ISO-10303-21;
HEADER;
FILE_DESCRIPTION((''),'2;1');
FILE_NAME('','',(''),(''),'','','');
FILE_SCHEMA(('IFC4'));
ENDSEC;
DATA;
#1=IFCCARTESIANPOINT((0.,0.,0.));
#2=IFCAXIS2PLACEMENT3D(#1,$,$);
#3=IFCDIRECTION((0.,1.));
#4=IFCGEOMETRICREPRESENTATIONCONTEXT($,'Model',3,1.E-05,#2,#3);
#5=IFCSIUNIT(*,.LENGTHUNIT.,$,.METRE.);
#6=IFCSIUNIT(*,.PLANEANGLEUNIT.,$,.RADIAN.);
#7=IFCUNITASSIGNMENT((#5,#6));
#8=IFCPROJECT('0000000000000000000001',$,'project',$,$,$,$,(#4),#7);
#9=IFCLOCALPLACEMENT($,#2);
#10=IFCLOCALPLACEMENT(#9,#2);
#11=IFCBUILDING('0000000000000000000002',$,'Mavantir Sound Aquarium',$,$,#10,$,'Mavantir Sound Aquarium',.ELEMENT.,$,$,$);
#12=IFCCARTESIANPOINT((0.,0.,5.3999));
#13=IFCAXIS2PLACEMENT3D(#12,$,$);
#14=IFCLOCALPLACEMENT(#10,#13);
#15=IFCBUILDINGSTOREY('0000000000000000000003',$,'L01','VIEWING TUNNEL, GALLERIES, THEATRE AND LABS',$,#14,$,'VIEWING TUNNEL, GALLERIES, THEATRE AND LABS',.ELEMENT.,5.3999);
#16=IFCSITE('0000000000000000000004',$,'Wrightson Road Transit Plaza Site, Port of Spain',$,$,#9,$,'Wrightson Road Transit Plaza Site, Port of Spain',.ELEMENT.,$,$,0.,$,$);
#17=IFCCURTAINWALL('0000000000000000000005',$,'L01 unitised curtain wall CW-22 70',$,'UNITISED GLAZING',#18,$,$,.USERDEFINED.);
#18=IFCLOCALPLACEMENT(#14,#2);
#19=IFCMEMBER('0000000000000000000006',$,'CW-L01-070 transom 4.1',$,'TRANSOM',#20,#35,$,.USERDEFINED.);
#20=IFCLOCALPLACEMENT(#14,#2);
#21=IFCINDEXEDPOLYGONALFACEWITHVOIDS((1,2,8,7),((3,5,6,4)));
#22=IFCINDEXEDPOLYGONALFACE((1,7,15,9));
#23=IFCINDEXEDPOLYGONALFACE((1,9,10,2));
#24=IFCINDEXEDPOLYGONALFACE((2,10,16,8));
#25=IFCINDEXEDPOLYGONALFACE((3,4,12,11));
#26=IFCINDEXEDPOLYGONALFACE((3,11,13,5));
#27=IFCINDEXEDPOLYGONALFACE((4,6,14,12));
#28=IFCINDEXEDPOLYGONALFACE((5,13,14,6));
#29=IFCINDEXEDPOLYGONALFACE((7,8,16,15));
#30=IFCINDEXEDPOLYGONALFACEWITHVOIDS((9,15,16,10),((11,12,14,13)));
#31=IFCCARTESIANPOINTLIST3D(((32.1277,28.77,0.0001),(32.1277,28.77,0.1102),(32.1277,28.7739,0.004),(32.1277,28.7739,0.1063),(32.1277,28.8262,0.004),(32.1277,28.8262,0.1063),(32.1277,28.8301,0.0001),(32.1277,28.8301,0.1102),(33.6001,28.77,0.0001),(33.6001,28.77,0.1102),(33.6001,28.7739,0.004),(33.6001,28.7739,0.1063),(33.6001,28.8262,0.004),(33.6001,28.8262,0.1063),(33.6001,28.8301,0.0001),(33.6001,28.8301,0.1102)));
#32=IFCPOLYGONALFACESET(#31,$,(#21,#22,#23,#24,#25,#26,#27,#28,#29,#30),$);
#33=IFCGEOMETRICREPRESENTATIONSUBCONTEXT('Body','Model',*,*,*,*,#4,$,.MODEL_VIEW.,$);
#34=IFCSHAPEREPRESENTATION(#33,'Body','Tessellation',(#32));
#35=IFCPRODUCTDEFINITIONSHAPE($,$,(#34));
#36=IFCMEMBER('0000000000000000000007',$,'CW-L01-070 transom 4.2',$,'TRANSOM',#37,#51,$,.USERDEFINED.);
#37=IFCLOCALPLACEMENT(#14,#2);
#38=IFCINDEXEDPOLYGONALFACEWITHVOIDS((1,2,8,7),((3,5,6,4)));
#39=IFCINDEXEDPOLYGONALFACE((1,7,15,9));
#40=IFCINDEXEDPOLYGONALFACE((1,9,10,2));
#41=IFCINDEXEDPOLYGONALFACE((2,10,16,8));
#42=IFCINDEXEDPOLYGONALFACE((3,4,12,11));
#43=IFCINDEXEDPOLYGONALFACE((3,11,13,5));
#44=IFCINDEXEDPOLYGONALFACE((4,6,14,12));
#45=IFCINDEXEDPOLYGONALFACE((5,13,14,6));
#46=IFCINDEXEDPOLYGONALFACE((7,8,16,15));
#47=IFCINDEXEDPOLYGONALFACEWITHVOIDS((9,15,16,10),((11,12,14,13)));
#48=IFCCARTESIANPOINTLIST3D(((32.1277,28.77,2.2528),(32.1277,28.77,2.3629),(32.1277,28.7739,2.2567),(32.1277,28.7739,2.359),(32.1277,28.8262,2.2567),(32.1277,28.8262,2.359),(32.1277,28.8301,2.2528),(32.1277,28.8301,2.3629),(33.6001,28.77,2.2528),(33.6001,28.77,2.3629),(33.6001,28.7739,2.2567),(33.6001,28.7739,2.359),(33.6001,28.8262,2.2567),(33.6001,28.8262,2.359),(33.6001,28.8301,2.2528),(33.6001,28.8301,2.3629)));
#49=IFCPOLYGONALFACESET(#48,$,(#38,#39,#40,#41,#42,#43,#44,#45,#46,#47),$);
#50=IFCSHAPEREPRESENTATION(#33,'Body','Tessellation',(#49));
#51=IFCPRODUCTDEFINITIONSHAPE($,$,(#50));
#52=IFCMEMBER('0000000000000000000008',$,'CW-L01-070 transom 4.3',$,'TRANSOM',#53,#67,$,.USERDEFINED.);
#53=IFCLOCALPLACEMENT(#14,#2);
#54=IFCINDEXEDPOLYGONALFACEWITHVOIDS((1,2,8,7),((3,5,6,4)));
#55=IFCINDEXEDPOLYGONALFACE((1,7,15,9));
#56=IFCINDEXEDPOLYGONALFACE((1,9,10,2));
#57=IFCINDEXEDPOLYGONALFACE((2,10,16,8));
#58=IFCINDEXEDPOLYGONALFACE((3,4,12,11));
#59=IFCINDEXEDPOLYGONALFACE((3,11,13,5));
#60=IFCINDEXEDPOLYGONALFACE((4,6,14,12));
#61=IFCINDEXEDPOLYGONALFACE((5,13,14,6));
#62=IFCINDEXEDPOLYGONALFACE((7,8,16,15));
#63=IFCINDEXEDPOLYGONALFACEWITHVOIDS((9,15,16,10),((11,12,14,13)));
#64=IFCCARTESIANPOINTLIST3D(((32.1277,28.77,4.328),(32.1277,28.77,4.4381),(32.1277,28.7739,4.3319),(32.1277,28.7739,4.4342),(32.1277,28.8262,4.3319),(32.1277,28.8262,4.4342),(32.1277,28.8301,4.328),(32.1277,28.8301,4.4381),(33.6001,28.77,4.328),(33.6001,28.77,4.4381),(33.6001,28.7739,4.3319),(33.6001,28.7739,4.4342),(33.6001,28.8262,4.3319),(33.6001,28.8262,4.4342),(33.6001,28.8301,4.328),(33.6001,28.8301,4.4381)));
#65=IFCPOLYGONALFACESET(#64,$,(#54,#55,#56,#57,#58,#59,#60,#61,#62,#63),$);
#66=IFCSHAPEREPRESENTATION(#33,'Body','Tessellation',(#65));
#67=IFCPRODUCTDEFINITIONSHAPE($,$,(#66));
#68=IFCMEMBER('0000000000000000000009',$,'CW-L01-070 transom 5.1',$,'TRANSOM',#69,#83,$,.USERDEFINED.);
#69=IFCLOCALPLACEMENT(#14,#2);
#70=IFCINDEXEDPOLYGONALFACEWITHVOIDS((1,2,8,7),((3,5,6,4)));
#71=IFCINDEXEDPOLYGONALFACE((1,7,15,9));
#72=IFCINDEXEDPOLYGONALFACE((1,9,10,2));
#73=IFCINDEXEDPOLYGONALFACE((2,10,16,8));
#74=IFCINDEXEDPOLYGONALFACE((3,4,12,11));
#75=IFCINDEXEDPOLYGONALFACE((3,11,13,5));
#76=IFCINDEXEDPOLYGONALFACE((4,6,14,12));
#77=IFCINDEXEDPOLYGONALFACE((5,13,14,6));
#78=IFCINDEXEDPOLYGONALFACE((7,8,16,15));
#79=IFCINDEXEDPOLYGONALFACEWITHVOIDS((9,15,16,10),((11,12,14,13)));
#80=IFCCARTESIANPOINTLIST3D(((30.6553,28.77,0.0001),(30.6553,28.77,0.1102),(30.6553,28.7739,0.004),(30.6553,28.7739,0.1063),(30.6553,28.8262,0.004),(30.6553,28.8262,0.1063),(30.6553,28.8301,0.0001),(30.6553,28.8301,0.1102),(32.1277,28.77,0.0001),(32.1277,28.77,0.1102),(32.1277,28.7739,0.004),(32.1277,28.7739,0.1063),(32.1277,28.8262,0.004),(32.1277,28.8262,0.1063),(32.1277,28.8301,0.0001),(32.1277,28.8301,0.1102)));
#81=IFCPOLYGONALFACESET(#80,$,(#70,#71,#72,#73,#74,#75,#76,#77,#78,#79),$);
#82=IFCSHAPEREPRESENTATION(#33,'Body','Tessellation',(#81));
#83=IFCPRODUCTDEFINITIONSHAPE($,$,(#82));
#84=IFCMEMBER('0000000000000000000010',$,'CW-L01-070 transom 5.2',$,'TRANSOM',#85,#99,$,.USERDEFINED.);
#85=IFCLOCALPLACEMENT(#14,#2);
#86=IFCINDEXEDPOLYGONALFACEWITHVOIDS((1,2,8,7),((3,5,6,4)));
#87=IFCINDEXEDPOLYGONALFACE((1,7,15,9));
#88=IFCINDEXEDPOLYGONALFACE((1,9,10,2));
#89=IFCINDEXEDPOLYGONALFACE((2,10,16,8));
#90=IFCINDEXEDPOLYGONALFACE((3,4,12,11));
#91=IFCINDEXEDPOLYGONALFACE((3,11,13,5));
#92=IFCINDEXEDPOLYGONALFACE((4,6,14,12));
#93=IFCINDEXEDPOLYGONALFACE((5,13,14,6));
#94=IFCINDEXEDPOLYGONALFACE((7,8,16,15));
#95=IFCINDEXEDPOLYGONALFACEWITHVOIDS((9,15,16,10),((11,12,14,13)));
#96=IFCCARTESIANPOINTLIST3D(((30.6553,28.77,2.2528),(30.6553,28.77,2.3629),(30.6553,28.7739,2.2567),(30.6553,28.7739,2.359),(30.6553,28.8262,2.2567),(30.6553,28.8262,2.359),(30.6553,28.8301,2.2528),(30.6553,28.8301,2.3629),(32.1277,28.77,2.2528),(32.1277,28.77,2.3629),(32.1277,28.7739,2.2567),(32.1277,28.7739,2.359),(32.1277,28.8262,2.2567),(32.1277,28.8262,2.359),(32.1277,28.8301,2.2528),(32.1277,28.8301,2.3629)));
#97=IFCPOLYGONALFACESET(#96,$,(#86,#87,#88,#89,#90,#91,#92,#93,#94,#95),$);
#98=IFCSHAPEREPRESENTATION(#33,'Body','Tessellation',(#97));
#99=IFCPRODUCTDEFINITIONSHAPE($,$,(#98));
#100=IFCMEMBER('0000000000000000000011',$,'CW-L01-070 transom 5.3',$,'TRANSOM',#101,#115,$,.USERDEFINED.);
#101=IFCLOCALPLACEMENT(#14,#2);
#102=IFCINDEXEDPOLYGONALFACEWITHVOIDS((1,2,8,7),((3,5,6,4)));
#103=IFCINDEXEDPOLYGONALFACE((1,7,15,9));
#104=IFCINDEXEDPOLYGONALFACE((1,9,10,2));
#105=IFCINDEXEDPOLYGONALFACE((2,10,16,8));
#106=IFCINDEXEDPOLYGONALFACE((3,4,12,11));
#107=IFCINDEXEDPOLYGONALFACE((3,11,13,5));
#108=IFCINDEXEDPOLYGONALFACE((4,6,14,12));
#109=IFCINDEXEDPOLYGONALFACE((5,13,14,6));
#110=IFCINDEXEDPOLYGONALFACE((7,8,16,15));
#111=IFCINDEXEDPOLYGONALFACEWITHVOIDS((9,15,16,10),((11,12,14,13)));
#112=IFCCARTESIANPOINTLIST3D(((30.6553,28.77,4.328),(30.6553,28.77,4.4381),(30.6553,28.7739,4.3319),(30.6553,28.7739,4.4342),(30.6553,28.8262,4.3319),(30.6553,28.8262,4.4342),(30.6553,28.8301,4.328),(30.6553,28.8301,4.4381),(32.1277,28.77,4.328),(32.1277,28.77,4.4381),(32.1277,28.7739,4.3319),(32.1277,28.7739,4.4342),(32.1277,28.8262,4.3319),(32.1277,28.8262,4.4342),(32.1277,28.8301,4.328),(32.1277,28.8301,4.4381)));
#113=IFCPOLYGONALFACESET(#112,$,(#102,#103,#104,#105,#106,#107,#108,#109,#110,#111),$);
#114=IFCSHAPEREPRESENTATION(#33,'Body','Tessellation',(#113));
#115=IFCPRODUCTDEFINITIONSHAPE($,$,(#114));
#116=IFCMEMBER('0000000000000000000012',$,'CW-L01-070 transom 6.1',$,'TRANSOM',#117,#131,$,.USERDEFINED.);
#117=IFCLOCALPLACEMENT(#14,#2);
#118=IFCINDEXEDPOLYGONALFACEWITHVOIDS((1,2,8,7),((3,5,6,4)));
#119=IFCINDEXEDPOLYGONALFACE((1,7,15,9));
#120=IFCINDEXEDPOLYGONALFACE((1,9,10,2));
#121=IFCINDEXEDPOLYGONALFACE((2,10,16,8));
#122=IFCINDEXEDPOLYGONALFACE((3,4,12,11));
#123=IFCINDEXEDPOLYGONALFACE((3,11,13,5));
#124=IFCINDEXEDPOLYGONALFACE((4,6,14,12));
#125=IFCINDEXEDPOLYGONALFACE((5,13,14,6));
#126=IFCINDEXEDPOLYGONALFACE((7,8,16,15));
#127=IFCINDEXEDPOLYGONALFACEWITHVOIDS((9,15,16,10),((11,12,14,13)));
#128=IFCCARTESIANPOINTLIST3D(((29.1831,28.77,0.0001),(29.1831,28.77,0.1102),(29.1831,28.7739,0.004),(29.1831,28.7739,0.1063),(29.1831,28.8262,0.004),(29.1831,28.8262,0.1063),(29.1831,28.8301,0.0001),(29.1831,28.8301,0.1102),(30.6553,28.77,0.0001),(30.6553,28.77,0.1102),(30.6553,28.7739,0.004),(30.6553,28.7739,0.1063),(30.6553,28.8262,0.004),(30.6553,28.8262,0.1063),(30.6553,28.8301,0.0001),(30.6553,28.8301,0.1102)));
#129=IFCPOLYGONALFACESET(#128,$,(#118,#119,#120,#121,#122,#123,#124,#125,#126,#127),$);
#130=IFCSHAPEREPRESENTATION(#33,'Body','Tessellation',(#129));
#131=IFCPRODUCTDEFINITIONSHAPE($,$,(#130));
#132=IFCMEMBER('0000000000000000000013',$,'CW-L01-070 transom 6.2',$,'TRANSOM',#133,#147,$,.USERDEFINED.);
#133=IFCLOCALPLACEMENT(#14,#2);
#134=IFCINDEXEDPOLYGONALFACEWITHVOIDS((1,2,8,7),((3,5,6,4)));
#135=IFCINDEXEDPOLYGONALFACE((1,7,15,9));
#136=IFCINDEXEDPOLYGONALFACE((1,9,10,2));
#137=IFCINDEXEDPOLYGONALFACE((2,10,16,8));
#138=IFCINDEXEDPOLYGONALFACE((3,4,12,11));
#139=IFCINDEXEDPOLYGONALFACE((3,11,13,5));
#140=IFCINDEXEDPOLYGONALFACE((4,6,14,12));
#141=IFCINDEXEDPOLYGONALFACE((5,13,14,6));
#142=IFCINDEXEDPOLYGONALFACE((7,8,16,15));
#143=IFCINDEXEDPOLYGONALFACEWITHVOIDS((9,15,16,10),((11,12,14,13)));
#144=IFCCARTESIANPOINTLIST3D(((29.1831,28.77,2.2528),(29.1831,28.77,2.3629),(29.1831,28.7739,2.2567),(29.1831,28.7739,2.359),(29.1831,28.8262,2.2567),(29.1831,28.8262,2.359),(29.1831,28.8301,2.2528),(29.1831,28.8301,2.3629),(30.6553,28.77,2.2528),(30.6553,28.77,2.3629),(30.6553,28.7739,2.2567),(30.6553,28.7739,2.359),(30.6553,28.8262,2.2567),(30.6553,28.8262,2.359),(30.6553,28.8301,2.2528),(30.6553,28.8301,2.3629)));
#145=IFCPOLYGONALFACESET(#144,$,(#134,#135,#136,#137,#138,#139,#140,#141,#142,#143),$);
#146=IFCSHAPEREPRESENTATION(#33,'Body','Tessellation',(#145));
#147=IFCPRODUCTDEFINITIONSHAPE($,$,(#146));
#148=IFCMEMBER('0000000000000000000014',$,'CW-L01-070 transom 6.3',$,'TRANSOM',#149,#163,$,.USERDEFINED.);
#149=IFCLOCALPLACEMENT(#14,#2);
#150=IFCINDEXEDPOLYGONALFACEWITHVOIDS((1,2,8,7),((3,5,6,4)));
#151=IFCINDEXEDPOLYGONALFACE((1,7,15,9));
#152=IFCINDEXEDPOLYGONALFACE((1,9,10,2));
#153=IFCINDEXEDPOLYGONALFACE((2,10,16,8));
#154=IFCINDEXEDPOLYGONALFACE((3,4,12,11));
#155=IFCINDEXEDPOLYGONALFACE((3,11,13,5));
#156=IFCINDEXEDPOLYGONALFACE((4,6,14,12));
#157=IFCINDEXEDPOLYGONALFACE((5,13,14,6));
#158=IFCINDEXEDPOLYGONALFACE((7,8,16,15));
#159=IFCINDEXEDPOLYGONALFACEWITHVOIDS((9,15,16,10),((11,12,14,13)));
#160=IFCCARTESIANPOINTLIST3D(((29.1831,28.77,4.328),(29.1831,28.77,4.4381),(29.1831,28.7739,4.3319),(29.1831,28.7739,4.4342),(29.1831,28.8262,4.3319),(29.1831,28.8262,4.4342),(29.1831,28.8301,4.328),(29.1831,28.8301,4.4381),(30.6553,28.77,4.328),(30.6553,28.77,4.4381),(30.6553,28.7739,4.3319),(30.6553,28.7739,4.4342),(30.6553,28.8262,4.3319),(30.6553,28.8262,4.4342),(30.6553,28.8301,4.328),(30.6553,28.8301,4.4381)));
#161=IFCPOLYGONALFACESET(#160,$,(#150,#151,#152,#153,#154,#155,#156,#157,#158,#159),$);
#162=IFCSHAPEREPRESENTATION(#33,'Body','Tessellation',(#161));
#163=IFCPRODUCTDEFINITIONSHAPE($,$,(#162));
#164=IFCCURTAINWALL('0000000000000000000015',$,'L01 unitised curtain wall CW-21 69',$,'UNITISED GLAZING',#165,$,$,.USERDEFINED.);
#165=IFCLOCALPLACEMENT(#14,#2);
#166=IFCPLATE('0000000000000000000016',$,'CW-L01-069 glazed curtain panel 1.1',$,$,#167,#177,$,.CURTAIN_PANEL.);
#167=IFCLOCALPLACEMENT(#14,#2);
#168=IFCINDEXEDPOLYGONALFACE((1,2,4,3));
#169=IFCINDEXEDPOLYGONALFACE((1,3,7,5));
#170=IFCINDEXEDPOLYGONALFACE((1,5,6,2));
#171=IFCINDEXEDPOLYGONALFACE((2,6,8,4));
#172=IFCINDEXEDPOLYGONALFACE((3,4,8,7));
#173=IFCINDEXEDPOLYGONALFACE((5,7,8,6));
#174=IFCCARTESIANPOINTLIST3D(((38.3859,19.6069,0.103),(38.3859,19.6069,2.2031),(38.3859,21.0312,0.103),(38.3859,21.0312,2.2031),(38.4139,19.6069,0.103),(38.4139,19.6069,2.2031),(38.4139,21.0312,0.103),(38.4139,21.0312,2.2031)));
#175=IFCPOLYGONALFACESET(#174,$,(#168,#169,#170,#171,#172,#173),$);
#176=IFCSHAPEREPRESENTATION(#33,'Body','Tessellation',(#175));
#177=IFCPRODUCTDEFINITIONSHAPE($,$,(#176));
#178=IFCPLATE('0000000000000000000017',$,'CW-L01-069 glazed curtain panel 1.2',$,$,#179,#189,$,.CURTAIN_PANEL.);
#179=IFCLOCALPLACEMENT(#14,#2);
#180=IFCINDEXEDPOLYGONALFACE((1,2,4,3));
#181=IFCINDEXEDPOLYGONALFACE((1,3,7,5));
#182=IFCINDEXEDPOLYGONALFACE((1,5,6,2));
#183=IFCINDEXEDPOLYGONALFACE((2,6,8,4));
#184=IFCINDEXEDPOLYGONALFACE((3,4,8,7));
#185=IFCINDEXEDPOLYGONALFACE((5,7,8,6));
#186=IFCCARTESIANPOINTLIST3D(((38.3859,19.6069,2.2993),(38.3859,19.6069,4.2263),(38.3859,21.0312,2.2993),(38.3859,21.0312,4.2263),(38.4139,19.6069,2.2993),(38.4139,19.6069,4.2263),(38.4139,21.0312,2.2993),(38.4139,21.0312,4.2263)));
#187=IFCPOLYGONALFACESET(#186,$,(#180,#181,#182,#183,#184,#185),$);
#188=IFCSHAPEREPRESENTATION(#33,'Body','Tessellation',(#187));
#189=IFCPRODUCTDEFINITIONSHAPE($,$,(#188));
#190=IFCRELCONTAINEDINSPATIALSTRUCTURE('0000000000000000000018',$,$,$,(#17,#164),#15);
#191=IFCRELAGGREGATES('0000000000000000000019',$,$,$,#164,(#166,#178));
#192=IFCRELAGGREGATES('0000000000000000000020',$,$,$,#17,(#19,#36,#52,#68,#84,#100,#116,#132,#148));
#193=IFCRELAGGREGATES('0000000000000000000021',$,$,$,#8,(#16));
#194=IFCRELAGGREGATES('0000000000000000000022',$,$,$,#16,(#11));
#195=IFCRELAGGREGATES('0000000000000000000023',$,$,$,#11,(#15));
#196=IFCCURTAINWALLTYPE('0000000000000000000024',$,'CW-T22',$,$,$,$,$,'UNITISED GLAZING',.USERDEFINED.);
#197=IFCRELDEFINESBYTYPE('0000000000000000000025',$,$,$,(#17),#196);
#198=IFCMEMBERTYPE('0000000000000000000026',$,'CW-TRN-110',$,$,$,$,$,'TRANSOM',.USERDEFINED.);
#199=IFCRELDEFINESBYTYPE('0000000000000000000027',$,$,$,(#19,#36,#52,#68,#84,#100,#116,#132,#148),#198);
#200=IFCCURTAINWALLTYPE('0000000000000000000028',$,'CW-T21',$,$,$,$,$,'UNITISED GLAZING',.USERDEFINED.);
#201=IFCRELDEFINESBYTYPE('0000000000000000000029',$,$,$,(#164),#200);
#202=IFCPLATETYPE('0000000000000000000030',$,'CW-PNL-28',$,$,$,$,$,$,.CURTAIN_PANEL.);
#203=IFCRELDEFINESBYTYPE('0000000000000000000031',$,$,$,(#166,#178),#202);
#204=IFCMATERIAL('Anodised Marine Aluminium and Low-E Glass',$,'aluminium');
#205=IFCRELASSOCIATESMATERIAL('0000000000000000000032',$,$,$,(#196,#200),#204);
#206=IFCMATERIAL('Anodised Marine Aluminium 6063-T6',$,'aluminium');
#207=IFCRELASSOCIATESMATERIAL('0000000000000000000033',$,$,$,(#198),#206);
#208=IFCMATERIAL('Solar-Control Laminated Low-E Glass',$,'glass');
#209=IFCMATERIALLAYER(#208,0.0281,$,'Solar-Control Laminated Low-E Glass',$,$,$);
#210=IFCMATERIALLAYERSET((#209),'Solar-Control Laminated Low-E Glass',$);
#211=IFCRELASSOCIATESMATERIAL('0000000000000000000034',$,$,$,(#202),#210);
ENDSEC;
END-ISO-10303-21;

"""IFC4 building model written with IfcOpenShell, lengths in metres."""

from ifc_helpers import new_model, si_unit, direction, frame, origin, origin_2d, place, context, subcontext, project, spatial, rectangle, hollow_rectangle, extrude, material, layer, layer_set, material_profile, profile_set, type_object, element, aggregate, save


model = new_model("IFC4")

# Units and contexts
model_context = context("Model", 3, precision=1e-05, world=origin(), true_north=direction((0.0, 1.0)))
body_context = subcontext(model_context, "Body", "Model", "MODEL_VIEW")
ifc_project = project(units=[si_unit("LENGTHUNIT", "METRE"), si_unit("PLANEANGLEUNIT", "RADIAN")], contexts=[model_context])

# Site, building, storey
site_placement = place(None, origin())
site = spatial("IfcSite", under=ifc_project, at=site_placement, Name="Wrightson Road Transit Plaza Site, Port of Spain", LongName="Wrightson Road Transit Plaza Site, Port of Spain", CompositionType="ELEMENT", RefElevation=0.0)
building_placement = place(site_placement, origin())
building = spatial("IfcBuilding", under=site, at=building_placement, Name="Mavantir Sound Aquarium", LongName="Mavantir Sound Aquarium", CompositionType="ELEMENT")
storey_placement = place(building_placement, frame((0.0, 0.0, 5.3999)))
storey = spatial("IfcBuildingStorey", under=building, at=storey_placement, Name="L01", Description="VIEWING TUNNEL, GALLERIES, THEATRE AND LABS", LongName="VIEWING TUNNEL, GALLERIES, THEATRE AND LABS", CompositionType="ELEMENT", Elevation=5.3999)

# Curtain wall, members
ifc_material_1 = material(Name="Anodised Marine Aluminium and Low-E Glass", Category="aluminium")
curtain_wall_type_1 = type_object("IfcCurtainWallType", Name="CW-T22", ElementType="UNITISED GLAZING", PredefinedType="USERDEFINED", material=ifc_material_1)
curtain_wall_1_placement = place(storey_placement, origin())
curtain_wall_1 = element("IfcCurtainWall", 1, at=curtain_wall_1_placement, inside=storey, type_object=curtain_wall_type_1, Name="L01 unitised curtain wall CW-22 70", ObjectType="UNITISED GLAZING", PredefinedType="USERDEFINED")
ifc_material_2 = material(Name="Anodised Marine Aluminium 6063-T6", Category="aluminium")
ifc_material_profile_1 = material_profile(ifc_material_2, hollow_rectangle(XDim=0.0601, YDim=0.1101, WallThickness=0.0039, at=origin_2d()), Name="ALU-TRANSOM-110X60")
ifc_profile_set_1 = profile_set([ifc_material_profile_1], Name="Anodised Marine Aluminium 6063-T6")
member_type_1 = type_object("IfcMemberType", Name="CW-TRN-110", ElementType="TRANSOM", PredefinedType="USERDEFINED", material=ifc_profile_set_1)
member_1_placement = place(storey_placement, frame((33.6001, 28.8, 0.0552), z_axis=(-1.0, 0.0, 0.0), x_axis=(0.0, -1.0, 0.0)))
member_1 = element("IfcMember", 2, at=member_1_placement, type_object=member_type_1, Name="CW-L01-070 transom 4.1", ObjectType="TRANSOM", PredefinedType="USERDEFINED", context=body_context, shape_type="SweptSolid", body=[
    extrude(hollow_rectangle(XDim=0.0601, YDim=0.1101, WallThickness=0.0039, at=origin_2d()), origin(), (0.0, 0.0, 1.0), 1.4724),
])
member_2_placement = place(storey_placement, frame((33.6001, 28.8, 2.3079), z_axis=(-1.0, 0.0, 0.0), x_axis=(0.0, -1.0, 0.0)))
member_2 = element("IfcMember", 3, at=member_2_placement, type_object=member_type_1, Name="CW-L01-070 transom 4.2", ObjectType="TRANSOM", PredefinedType="USERDEFINED", context=body_context, shape_type="SweptSolid", body=[
    extrude(hollow_rectangle(XDim=0.0601, YDim=0.1101, WallThickness=0.0039, at=origin_2d()), origin(), (0.0, 0.0, 1.0), 1.4724),
])
member_3_placement = place(storey_placement, frame((33.6001, 28.8, 4.3831), z_axis=(-1.0, 0.0, 0.0), x_axis=(0.0, -1.0, 0.0)))
member_3 = element("IfcMember", 4, at=member_3_placement, type_object=member_type_1, Name="CW-L01-070 transom 4.3", ObjectType="TRANSOM", PredefinedType="USERDEFINED", context=body_context, shape_type="SweptSolid", body=[
    extrude(hollow_rectangle(XDim=0.0601, YDim=0.1101, WallThickness=0.0039, at=origin_2d()), origin(), (0.0, 0.0, 1.0), 1.4724),
])
member_4_placement = place(storey_placement, frame((32.1277, 28.8, 0.0552), z_axis=(-1.0, 0.0, 0.0), x_axis=(0.0, -1.0, 0.0)))
member_4 = element("IfcMember", 5, at=member_4_placement, type_object=member_type_1, Name="CW-L01-070 transom 5.1", ObjectType="TRANSOM", PredefinedType="USERDEFINED", context=body_context, shape_type="SweptSolid", body=[
    extrude(hollow_rectangle(XDim=0.0601, YDim=0.1101, WallThickness=0.0039, at=origin_2d()), origin(), (0.0, 0.0, 1.0), 1.4724),
])
member_5_placement = place(storey_placement, frame((32.1277, 28.8, 2.3079), z_axis=(-1.0, 0.0, 0.0), x_axis=(0.0, -1.0, 0.0)))
member_5 = element("IfcMember", 6, at=member_5_placement, type_object=member_type_1, Name="CW-L01-070 transom 5.2", ObjectType="TRANSOM", PredefinedType="USERDEFINED", context=body_context, shape_type="SweptSolid", body=[
    extrude(hollow_rectangle(XDim=0.0601, YDim=0.1101, WallThickness=0.0039, at=origin_2d()), origin(), (0.0, 0.0, 1.0), 1.4724),
])
member_6_placement = place(storey_placement, frame((32.1277, 28.8, 4.3831), z_axis=(-1.0, 0.0, 0.0), x_axis=(0.0, -1.0, 0.0)))
member_6 = element("IfcMember", 7, at=member_6_placement, type_object=member_type_1, Name="CW-L01-070 transom 5.3", ObjectType="TRANSOM", PredefinedType="USERDEFINED", context=body_context, shape_type="SweptSolid", body=[
    extrude(hollow_rectangle(XDim=0.0601, YDim=0.1101, WallThickness=0.0039, at=origin_2d()), origin(), (0.0, 0.0, 1.0), 1.4724),
])
member_7_placement = place(storey_placement, frame((30.6553, 28.8, 0.0552), z_axis=(-1.0, 0.0, 0.0), x_axis=(0.0, -1.0, 0.0)))
member_7 = element("IfcMember", 8, at=member_7_placement, type_object=member_type_1, Name="CW-L01-070 transom 6.1", ObjectType="TRANSOM", PredefinedType="USERDEFINED", context=body_context, shape_type="SweptSolid", body=[
    extrude(hollow_rectangle(XDim=0.0601, YDim=0.1101, WallThickness=0.0039, at=origin_2d()), origin(), (0.0, 0.0, 1.0), 1.4722),
])
member_8_placement = place(storey_placement, frame((30.6553, 28.8, 2.3079), z_axis=(-1.0, 0.0, 0.0), x_axis=(0.0, -1.0, 0.0)))
member_8 = element("IfcMember", 9, at=member_8_placement, type_object=member_type_1, Name="CW-L01-070 transom 6.2", ObjectType="TRANSOM", PredefinedType="USERDEFINED", context=body_context, shape_type="SweptSolid", body=[
    extrude(hollow_rectangle(XDim=0.0601, YDim=0.1101, WallThickness=0.0039, at=origin_2d()), origin(), (0.0, 0.0, 1.0), 1.4722),
])
member_9_placement = place(storey_placement, frame((30.6553, 28.8, 4.3831), z_axis=(-1.0, 0.0, 0.0), x_axis=(0.0, -1.0, 0.0)))
member_9 = element("IfcMember", 10, at=member_9_placement, type_object=member_type_1, Name="CW-L01-070 transom 6.3", ObjectType="TRANSOM", PredefinedType="USERDEFINED", context=body_context, shape_type="SweptSolid", body=[
    extrude(hollow_rectangle(XDim=0.0601, YDim=0.1101, WallThickness=0.0039, at=origin_2d()), origin(), (0.0, 0.0, 1.0), 1.4722),
])

# Curtain wall, plates
curtain_wall_type_2 = type_object("IfcCurtainWallType", Name="CW-T21", ElementType="UNITISED GLAZING", PredefinedType="USERDEFINED", material=ifc_material_1)
curtain_wall_2_placement = place(storey_placement, origin())
curtain_wall_2 = element("IfcCurtainWall", 11, at=curtain_wall_2_placement, inside=storey, type_object=curtain_wall_type_2, Name="L01 unitised curtain wall CW-21 69", ObjectType="UNITISED GLAZING", PredefinedType="USERDEFINED")
ifc_material_3 = material(Name="Solar-Control Laminated Low-E Glass", Category="glass")
ifc_layer_1 = layer(ifc_material_3, 0.0281, Name="Solar-Control Laminated Low-E Glass")
ifc_layer_set_1 = layer_set([ifc_layer_1], Name="Solar-Control Laminated Low-E Glass")
plate_type_1 = type_object("IfcPlateType", Name="CW-PNL-28", PredefinedType="CURTAIN_PANEL", material=ifc_layer_set_1)
plate_1_placement = place(storey_placement, frame((38.3999, 20.3191, 0.103), z_axis=(0.0, 0.0, 1.0), x_axis=(0.0, 1.0, 0.0)))
plate_1 = element("IfcPlate", 12, at=plate_1_placement, type_object=plate_type_1, Name="CW-L01-069 glazed curtain panel 1.1", PredefinedType="CURTAIN_PANEL", context=body_context, shape_type="SweptSolid", body=[
    extrude(rectangle(XDim=1.4243, YDim=0.0281, at=origin_2d()), origin(), (0.0, 0.0, 1.0), 2.1001),
])
plate_2_placement = place(storey_placement, frame((38.3999, 20.3191, 2.2993), z_axis=(0.0, 0.0, 1.0), x_axis=(0.0, 1.0, 0.0)))
plate_2 = element("IfcPlate", 13, at=plate_2_placement, type_object=plate_type_1, Name="CW-L01-069 glazed curtain panel 1.2", PredefinedType="CURTAIN_PANEL", context=body_context, shape_type="SweptSolid", body=[
    extrude(rectangle(XDim=1.4243, YDim=0.0281, at=origin_2d()), origin(), (0.0, 0.0, 1.0), 1.927),
])
aggregate(curtain_wall_2, [plate_1, plate_2])

aggregate(curtain_wall_1, [member_1, member_2, member_3, member_4, member_5, member_6, member_7, member_8, member_9])

save(model, "model.ifc")
